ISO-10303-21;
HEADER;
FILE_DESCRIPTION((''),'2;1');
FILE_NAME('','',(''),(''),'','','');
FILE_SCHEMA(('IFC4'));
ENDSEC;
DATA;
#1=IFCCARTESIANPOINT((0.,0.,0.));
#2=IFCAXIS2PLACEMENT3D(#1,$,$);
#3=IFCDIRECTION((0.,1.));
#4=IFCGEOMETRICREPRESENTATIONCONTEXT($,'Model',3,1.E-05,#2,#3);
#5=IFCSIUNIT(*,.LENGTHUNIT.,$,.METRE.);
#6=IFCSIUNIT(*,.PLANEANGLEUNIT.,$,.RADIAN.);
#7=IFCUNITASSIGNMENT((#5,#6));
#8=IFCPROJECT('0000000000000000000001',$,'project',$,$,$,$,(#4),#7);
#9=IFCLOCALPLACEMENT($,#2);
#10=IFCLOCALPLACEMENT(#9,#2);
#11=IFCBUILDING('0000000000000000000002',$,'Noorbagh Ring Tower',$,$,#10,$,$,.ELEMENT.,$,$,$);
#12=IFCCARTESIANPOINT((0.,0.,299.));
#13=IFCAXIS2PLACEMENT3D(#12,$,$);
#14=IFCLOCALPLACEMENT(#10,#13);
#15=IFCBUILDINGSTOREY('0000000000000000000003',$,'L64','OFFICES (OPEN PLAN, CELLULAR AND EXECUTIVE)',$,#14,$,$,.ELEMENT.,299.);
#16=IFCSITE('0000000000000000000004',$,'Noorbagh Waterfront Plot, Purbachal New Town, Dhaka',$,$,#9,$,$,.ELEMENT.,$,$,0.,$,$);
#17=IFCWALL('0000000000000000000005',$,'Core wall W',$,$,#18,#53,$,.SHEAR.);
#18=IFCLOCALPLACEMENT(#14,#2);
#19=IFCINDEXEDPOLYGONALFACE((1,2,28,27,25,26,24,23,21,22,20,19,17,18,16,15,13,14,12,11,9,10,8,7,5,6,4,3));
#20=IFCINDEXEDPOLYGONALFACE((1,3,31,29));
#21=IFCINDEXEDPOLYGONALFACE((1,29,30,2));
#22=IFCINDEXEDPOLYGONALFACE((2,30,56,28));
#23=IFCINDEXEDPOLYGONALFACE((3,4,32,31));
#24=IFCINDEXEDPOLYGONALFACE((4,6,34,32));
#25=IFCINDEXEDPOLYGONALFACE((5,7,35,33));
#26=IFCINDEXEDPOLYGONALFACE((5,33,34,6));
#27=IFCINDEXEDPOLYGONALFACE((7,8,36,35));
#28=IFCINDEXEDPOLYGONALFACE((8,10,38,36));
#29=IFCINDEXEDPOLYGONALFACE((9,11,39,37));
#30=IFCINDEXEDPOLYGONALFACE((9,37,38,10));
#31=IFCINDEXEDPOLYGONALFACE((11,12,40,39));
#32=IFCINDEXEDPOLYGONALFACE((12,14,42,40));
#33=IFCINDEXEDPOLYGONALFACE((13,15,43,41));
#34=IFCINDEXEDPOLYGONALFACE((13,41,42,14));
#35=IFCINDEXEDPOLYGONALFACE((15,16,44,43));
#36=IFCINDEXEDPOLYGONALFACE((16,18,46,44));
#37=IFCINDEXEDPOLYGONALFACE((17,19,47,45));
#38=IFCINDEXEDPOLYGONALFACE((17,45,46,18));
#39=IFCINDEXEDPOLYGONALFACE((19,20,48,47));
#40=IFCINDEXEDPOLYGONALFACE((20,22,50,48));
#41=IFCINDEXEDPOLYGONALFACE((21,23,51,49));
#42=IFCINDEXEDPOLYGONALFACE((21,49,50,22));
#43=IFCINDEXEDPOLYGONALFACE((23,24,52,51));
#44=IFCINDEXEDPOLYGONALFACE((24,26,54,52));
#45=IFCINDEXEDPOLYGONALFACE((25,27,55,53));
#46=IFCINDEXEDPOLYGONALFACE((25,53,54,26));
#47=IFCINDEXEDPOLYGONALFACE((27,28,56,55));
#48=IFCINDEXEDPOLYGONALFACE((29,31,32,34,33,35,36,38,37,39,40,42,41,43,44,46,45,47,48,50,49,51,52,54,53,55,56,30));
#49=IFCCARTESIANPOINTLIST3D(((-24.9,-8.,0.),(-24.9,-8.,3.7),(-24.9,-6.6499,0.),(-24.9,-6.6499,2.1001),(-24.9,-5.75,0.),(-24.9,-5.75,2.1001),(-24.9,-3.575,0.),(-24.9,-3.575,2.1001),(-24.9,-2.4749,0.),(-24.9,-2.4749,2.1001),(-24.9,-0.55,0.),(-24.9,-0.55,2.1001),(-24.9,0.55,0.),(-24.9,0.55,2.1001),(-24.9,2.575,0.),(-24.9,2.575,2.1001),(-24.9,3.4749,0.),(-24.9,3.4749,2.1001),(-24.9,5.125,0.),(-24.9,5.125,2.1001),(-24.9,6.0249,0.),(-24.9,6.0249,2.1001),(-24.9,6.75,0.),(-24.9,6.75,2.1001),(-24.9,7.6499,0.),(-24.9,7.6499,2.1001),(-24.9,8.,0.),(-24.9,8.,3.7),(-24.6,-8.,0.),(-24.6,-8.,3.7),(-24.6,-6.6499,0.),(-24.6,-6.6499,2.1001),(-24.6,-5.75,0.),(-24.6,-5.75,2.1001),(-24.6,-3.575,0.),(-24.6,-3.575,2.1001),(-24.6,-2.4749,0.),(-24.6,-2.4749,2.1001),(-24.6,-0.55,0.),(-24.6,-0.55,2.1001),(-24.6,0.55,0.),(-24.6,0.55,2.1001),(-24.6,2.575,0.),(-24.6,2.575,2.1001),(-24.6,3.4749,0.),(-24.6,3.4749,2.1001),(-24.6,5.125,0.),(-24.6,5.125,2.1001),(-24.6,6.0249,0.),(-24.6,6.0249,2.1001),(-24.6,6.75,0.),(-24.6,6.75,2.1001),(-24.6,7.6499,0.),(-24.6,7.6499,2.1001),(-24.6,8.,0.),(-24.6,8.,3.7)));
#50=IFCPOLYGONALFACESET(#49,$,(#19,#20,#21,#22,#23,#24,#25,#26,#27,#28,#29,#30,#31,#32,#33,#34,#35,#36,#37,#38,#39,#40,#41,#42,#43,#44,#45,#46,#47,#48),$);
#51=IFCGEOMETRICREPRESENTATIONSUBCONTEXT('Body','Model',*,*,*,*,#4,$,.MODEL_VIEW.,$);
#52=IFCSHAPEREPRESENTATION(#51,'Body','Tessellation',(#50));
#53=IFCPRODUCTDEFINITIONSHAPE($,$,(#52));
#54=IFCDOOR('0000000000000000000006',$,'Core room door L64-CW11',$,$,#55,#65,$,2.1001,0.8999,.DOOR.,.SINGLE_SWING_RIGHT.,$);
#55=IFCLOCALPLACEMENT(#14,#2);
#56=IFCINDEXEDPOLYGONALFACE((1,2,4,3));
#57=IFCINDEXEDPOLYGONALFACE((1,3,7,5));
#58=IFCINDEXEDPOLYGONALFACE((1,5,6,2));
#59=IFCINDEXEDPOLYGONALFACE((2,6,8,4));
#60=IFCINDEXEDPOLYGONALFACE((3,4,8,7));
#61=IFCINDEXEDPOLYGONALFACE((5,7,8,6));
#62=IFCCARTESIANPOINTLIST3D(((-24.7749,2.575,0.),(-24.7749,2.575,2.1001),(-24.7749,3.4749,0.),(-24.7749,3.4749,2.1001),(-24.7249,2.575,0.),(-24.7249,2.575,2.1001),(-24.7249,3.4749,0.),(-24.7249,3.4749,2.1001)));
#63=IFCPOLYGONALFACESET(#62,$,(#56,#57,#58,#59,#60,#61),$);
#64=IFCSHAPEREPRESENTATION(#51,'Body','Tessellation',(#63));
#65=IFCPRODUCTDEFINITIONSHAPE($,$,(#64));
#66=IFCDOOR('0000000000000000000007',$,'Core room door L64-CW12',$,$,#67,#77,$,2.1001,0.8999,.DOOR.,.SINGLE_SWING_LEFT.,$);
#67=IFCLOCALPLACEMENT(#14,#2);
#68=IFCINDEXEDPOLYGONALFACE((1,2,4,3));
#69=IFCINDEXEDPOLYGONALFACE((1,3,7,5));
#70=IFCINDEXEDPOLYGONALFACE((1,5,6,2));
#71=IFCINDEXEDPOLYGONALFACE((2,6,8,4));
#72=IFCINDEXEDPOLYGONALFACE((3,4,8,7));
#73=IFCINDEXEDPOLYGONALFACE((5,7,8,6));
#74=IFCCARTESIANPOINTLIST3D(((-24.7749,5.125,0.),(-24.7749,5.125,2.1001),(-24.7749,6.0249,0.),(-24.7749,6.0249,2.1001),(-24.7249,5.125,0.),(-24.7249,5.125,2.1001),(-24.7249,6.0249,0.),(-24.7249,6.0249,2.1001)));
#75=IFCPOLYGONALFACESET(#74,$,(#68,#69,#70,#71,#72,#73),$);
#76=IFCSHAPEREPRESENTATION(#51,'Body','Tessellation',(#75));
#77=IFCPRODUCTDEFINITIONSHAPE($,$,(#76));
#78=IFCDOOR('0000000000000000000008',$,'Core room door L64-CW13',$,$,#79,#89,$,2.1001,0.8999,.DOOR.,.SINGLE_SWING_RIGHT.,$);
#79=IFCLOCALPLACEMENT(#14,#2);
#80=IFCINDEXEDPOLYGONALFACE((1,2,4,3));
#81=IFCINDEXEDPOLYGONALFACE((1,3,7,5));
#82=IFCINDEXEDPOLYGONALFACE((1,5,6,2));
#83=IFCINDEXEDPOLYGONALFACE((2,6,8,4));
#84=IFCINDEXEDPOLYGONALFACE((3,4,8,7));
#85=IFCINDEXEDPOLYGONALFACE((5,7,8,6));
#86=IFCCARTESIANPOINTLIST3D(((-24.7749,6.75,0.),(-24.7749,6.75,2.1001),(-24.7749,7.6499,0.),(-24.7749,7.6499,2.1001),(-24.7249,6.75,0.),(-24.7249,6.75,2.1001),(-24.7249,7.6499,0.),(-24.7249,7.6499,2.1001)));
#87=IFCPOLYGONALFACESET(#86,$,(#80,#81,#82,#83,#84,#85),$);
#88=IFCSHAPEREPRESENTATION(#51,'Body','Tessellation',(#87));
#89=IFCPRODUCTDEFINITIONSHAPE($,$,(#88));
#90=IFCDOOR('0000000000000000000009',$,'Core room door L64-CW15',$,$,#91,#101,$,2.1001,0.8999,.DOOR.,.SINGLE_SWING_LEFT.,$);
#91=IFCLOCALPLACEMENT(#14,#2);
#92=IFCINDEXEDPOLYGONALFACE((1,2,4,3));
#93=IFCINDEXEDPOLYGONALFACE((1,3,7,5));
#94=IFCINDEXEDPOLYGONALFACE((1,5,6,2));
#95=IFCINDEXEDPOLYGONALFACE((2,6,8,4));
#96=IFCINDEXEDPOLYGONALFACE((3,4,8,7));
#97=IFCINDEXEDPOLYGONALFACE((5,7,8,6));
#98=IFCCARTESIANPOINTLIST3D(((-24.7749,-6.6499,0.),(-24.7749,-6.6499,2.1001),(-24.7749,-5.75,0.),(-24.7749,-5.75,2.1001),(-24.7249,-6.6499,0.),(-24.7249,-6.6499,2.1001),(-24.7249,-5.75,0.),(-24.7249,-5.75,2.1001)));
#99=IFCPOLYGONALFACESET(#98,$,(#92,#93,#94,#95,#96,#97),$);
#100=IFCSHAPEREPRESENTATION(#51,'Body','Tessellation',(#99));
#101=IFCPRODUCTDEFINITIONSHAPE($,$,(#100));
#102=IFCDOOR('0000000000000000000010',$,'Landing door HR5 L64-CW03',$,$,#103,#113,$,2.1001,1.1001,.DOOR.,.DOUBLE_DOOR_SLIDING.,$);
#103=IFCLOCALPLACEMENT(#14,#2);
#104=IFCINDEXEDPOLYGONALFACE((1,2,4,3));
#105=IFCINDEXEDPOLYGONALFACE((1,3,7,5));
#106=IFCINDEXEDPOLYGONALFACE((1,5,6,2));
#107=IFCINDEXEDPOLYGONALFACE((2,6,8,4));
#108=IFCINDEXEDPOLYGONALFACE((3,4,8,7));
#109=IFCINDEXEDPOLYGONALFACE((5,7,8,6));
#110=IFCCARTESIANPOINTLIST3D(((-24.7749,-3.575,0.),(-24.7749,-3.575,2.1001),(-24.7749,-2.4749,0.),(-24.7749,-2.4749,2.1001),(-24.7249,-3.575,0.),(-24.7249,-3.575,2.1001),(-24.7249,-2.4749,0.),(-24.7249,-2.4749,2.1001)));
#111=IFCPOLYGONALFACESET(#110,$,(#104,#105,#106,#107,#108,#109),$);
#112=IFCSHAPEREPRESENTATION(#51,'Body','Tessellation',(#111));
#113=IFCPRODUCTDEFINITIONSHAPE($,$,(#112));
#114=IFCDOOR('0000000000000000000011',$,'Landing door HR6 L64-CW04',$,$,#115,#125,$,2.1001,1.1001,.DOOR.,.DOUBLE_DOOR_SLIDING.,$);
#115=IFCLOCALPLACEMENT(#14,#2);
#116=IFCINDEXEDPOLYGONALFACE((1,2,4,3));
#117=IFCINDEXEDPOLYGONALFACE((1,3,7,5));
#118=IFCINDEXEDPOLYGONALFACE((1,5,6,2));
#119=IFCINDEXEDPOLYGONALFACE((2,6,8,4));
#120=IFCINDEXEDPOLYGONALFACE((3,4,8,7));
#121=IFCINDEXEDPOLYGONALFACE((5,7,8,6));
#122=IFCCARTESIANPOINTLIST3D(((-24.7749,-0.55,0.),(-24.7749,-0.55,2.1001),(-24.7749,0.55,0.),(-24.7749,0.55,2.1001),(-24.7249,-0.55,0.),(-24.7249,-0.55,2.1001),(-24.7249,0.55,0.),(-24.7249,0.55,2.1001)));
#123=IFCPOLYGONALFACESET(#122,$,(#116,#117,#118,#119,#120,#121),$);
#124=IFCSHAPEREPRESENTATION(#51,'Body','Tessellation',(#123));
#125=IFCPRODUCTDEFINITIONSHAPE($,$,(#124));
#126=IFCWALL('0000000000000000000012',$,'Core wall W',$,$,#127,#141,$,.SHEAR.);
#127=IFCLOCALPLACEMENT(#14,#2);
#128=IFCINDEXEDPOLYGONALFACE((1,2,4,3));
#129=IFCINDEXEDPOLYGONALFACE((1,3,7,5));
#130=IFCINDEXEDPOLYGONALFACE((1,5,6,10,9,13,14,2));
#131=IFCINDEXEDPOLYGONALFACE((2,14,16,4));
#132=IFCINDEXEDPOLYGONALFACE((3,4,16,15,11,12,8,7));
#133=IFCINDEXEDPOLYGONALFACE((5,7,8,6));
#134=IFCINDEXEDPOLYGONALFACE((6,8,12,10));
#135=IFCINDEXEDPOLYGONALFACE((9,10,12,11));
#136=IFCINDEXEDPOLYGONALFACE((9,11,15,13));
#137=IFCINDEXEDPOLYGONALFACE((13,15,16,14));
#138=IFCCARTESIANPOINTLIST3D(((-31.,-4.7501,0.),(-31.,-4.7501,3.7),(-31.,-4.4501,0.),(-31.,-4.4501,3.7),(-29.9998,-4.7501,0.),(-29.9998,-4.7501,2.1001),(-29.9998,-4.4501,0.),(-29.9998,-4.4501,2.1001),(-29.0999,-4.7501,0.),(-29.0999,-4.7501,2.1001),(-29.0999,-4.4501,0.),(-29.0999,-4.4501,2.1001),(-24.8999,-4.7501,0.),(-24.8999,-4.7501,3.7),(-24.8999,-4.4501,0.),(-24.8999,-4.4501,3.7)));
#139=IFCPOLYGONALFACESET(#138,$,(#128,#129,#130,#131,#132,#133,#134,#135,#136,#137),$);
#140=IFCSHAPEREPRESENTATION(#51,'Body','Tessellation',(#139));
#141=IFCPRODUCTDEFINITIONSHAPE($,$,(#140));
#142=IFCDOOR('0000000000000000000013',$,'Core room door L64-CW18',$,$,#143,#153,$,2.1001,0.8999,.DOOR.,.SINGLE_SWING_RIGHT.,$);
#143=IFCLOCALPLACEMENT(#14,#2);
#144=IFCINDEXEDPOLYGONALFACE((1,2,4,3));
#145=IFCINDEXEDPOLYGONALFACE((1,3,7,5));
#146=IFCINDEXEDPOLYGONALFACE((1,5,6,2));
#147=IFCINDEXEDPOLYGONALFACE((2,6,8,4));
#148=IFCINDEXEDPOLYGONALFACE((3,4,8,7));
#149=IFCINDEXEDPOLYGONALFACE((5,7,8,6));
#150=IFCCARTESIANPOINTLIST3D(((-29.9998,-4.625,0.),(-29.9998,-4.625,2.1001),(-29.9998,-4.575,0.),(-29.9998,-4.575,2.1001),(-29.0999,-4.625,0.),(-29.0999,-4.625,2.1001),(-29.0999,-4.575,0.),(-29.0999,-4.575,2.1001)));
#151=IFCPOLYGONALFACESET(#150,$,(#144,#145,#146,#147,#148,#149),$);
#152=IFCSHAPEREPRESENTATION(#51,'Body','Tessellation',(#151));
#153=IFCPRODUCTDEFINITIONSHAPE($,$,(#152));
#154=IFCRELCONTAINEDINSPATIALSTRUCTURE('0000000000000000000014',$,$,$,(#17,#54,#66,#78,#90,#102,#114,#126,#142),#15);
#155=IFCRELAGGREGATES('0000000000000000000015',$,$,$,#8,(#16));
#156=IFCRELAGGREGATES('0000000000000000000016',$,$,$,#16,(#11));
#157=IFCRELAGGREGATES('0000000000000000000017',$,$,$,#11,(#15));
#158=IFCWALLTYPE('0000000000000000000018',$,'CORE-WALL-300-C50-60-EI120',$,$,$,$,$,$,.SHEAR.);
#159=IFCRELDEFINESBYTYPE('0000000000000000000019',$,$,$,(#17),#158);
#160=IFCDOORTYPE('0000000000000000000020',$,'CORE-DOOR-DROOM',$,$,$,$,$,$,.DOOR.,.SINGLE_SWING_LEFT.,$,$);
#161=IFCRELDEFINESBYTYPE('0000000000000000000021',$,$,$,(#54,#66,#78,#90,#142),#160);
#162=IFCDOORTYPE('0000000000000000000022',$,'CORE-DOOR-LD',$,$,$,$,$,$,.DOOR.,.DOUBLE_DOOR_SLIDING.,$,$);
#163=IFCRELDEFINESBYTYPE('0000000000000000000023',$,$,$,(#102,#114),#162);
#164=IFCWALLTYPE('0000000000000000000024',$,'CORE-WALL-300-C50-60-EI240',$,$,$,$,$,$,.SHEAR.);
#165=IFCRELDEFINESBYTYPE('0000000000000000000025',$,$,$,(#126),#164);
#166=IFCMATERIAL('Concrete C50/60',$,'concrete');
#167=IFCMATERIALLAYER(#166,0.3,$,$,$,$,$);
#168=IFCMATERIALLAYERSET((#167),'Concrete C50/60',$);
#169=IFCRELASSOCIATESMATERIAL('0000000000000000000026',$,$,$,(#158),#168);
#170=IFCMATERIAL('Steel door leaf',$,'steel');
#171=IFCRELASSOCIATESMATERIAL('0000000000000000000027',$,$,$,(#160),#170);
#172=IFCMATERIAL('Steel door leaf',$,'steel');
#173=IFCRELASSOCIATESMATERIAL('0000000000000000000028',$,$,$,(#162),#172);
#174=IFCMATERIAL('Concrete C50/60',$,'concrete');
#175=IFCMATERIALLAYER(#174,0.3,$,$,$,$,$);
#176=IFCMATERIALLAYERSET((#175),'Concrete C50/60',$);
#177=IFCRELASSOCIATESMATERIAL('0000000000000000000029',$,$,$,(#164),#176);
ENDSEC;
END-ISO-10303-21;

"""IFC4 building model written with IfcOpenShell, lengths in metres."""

from ifc_helpers import new_model, si_unit, direction, frame, frame_2d, origin, place, context, subcontext, project, spatial, rectangle, extrude, material, layer, layer_set, type_object, element, fill, save


model = new_model("IFC4")

# Units and contexts
model_context = context("Model", 3, precision=1e-05, world=origin(), true_north=direction((0.0, 1.0)))
body_context = subcontext(model_context, "Body", "Model", "MODEL_VIEW")
ifc_project = project(units=[si_unit("LENGTHUNIT", "METRE"), si_unit("PLANEANGLEUNIT", "RADIAN")], contexts=[model_context])

# Site, building, storey
site_placement = place(None, origin())
site = spatial("IfcSite", under=ifc_project, at=site_placement, Name="Noorbagh Waterfront Plot, Purbachal New Town, Dhaka", CompositionType="ELEMENT", RefElevation=0.0)
building_placement = place(site_placement, origin())
building = spatial("IfcBuilding", under=site, at=building_placement, Name="Noorbagh Ring Tower", CompositionType="ELEMENT")
storey_placement = place(building_placement, frame((0.0, 0.0, 299.0)))
storey = spatial("IfcBuildingStorey", under=building, at=storey_placement, Name="L64", Description="OFFICES (OPEN PLAN, CELLULAR AND EXECUTIVE)", CompositionType="ELEMENT", Elevation=299.0)

# Shared definitions
ifc_material_1 = material(Name="Concrete C50/60", Category="concrete")
ifc_layer_1 = layer(ifc_material_1, 0.3)
ifc_layer_set_1 = layer_set([ifc_layer_1], Name="Concrete C50/60")
wall_type_1 = type_object("IfcWallType", Name="CORE-WALL-300-C50-60-EI120", PredefinedType="SHEAR", material=ifc_layer_set_1)

# Wall, openings, doors
wall_1_placement = place(storey_placement, frame((-24.75, -8.0, 0.0), z_axis=(0.0, 0.0, 1.0), x_axis=(0.0, 1.0, 0.0)))
wall_1 = element("IfcWall", 1, at=wall_1_placement, inside=storey, type_object=wall_type_1, Name="Core wall W", PredefinedType="SHEAR", context=body_context, shape_type="SweptSolid", body=[
    extrude(rectangle(XDim=16.0, YDim=0.3, at=frame_2d((8.0, 0.0))), origin(), (0.0, 0.0, 1.0), 3.7),
])
opening_1_placement = place(wall_1_placement, frame((4.425, 0.0, 0.0)))
opening_1 = element("IfcOpeningElement", 2, at=opening_1_placement, cuts=wall_1, PredefinedType="OPENING", context=body_context, shape_type="SweptSolid", body=[
    extrude(rectangle(XDim=1.1001, YDim=2.1001, at=frame_2d((0.55, 1.05))), frame((0.0, 0.1602, 0.0), z_axis=(0.0, -1.0, 0.0), x_axis=(1.0, 0.0, 0.0)), (0.0, 0.0, 1.0), 0.3201),
])
opening_2_placement = place(wall_1_placement, frame((7.45, 0.0, 0.0)))
opening_2 = element("IfcOpeningElement", 3, at=opening_2_placement, cuts=wall_1, PredefinedType="OPENING", context=body_context, shape_type="SweptSolid", body=[
    extrude(rectangle(XDim=1.1001, YDim=2.1001, at=frame_2d((0.55, 1.05))), frame((0.0, 0.1602, 0.0), z_axis=(0.0, -1.0, 0.0), x_axis=(1.0, 0.0, 0.0)), (0.0, 0.0, 1.0), 0.3201),
])
opening_3_placement = place(wall_1_placement, frame((10.575, 0.0, 0.0)))
opening_3 = element("IfcOpeningElement", 4, at=opening_3_placement, cuts=wall_1, PredefinedType="OPENING", context=body_context, shape_type="SweptSolid", body=[
    extrude(rectangle(XDim=0.8999, YDim=2.1001, at=frame_2d((0.45, 1.05))), frame((0.0, 0.1602, 0.0), z_axis=(0.0, -1.0, 0.0), x_axis=(1.0, 0.0, 0.0)), (0.0, 0.0, 1.0), 0.3201),
])
opening_4_placement = place(wall_1_placement, frame((13.125, 0.0, 0.0)))
opening_4 = element("IfcOpeningElement", 5, at=opening_4_placement, cuts=wall_1, PredefinedType="OPENING", context=body_context, shape_type="SweptSolid", body=[
    extrude(rectangle(XDim=0.8999, YDim=2.1001, at=frame_2d((0.45, 1.05))), frame((0.0, 0.1602, 0.0), z_axis=(0.0, -1.0, 0.0), x_axis=(1.0, 0.0, 0.0)), (0.0, 0.0, 1.0), 0.3201),
])
opening_5_placement = place(wall_1_placement, frame((14.75, 0.0, 0.0)))
opening_5 = element("IfcOpeningElement", 6, at=opening_5_placement, cuts=wall_1, PredefinedType="OPENING", context=body_context, shape_type="SweptSolid", body=[
    extrude(rectangle(XDim=0.8999, YDim=2.1001, at=frame_2d((0.45, 1.05))), frame((0.0, 0.1602, 0.0), z_axis=(0.0, -1.0, 0.0), x_axis=(1.0, 0.0, 0.0)), (0.0, 0.0, 1.0), 0.3201),
])
opening_6_placement = place(wall_1_placement, frame((1.3501, 0.0, 0.0)))
opening_6 = element("IfcOpeningElement", 7, at=opening_6_placement, cuts=wall_1, PredefinedType="OPENING", context=body_context, shape_type="SweptSolid", body=[
    extrude(rectangle(XDim=0.8999, YDim=2.1001, at=frame_2d((0.45, 1.05))), frame((0.0, 0.1602, 0.0), z_axis=(0.0, -1.0, 0.0), x_axis=(1.0, 0.0, 0.0)), (0.0, 0.0, 1.0), 0.3201),
])
ifc_material_2 = material(Name="Steel door leaf", Category="steel")
door_type_1 = type_object("IfcDoorType", Name="CORE-DOOR-DROOM", OperationType="SINGLE_SWING_LEFT", PredefinedType="DOOR", material=ifc_material_2)
door_1_placement = place(opening_3_placement, origin())
door_1 = element("IfcDoor", 8, at=door_1_placement, inside=storey, type_object=door_type_1, Name="Core room door L64-CW11", OperationType="SINGLE_SWING_RIGHT", OverallHeight=2.1001, OverallWidth=0.8999, PredefinedType="DOOR", context=body_context, shape_type="SweptSolid", body=[
    extrude(rectangle(XDim=0.8999, YDim=2.1001, at=frame_2d((0.45, 1.05))), frame((0.0, 0.0249, 0.0), z_axis=(0.0, -1.0, 0.0), x_axis=(1.0, 0.0, 0.0)), (0.0, 0.0, 1.0), 0.05),
])
fill(opening_3, door_1)
door_2_placement = place(opening_4_placement, origin())
door_2 = element("IfcDoor", 9, at=door_2_placement, inside=storey, type_object=door_type_1, Name="Core room door L64-CW12", OperationType="SINGLE_SWING_LEFT", OverallHeight=2.1001, OverallWidth=0.8999, PredefinedType="DOOR", context=body_context, shape_type="SweptSolid", body=[
    extrude(rectangle(XDim=0.8999, YDim=2.1001, at=frame_2d((0.45, 1.05))), frame((0.0, 0.0249, 0.0), z_axis=(0.0, -1.0, 0.0), x_axis=(1.0, 0.0, 0.0)), (0.0, 0.0, 1.0), 0.05),
])
fill(opening_4, door_2)
door_3_placement = place(opening_5_placement, origin())
door_3 = element("IfcDoor", 10, at=door_3_placement, inside=storey, type_object=door_type_1, Name="Core room door L64-CW13", OperationType="SINGLE_SWING_RIGHT", OverallHeight=2.1001, OverallWidth=0.8999, PredefinedType="DOOR", context=body_context, shape_type="SweptSolid", body=[
    extrude(rectangle(XDim=0.8999, YDim=2.1001, at=frame_2d((0.45, 1.05))), frame((0.0, 0.0249, 0.0), z_axis=(0.0, -1.0, 0.0), x_axis=(1.0, 0.0, 0.0)), (0.0, 0.0, 1.0), 0.05),
])
fill(opening_5, door_3)
door_4_placement = place(opening_6_placement, origin())
door_4 = element("IfcDoor", 11, at=door_4_placement, inside=storey, type_object=door_type_1, Name="Core room door L64-CW15", OperationType="SINGLE_SWING_LEFT", OverallHeight=2.1001, OverallWidth=0.8999, PredefinedType="DOOR", context=body_context, shape_type="SweptSolid", body=[
    extrude(rectangle(XDim=0.8999, YDim=2.1001, at=frame_2d((0.45, 1.05))), frame((0.0, 0.0249, 0.0), z_axis=(0.0, -1.0, 0.0), x_axis=(1.0, 0.0, 0.0)), (0.0, 0.0, 1.0), 0.05),
])
fill(opening_6, door_4)
ifc_material_3 = material(Name="Steel door leaf", Category="steel")
door_type_2 = type_object("IfcDoorType", Name="CORE-DOOR-LD", OperationType="DOUBLE_DOOR_SLIDING", PredefinedType="DOOR", material=ifc_material_3)
door_5_placement = place(opening_1_placement, origin())
door_5 = element("IfcDoor", 12, at=door_5_placement, inside=storey, type_object=door_type_2, Name="Landing door HR5 L64-CW03", OperationType="DOUBLE_DOOR_SLIDING", OverallHeight=2.1001, OverallWidth=1.1001, PredefinedType="DOOR", context=body_context, shape_type="SweptSolid", body=[
    extrude(rectangle(XDim=1.1001, YDim=2.1001, at=frame_2d((0.55, 1.05))), frame((0.0, 0.0249, 0.0), z_axis=(0.0, -1.0, 0.0), x_axis=(1.0, 0.0, 0.0)), (0.0, 0.0, 1.0), 0.05),
])
fill(opening_1, door_5)
door_6_placement = place(opening_2_placement, origin())
door_6 = element("IfcDoor", 13, at=door_6_placement, inside=storey, type_object=door_type_2, Name="Landing door HR6 L64-CW04", OperationType="DOUBLE_DOOR_SLIDING", OverallHeight=2.1001, OverallWidth=1.1001, PredefinedType="DOOR", context=body_context, shape_type="SweptSolid", body=[
    extrude(rectangle(XDim=1.1001, YDim=2.1001, at=frame_2d((0.55, 1.05))), frame((0.0, 0.0249, 0.0), z_axis=(0.0, -1.0, 0.0), x_axis=(1.0, 0.0, 0.0)), (0.0, 0.0, 1.0), 0.05),
])
fill(opening_2, door_6)

# Wall, opening, door
ifc_material_4 = material(Name="Concrete C50/60", Category="concrete")
ifc_layer_2 = layer(ifc_material_4, 0.3)
ifc_layer_set_2 = layer_set([ifc_layer_2], Name="Concrete C50/60")
wall_type_2 = type_object("IfcWallType", Name="CORE-WALL-300-C50-60-EI240", PredefinedType="SHEAR", material=ifc_layer_set_2)
wall_2_placement = place(storey_placement, frame((-24.8999, -4.6001, 0.0), z_axis=(0.0, 0.0, 1.0), x_axis=(-1.0, 0.0, 0.0)))
wall_2 = element("IfcWall", 14, at=wall_2_placement, inside=storey, type_object=wall_type_2, Name="Core wall W", PredefinedType="SHEAR", context=body_context, shape_type="SweptSolid", body=[
    extrude(rectangle(XDim=6.1001, YDim=0.3, at=frame_2d((3.05, 0.0))), origin(), (0.0, 0.0, 1.0), 3.7),
])
opening_7_placement = place(wall_2_placement, frame((4.2, 0.0, 0.0)))
opening_7 = element("IfcOpeningElement", 15, at=opening_7_placement, cuts=wall_2, PredefinedType="OPENING", context=body_context, shape_type="SweptSolid", body=[
    extrude(rectangle(XDim=0.8999, YDim=2.1001, at=frame_2d((0.45, 1.05))), frame((0.0, 0.1602, 0.0), z_axis=(0.0, -1.0, 0.0), x_axis=(1.0, 0.0, 0.0)), (0.0, 0.0, 1.0), 0.3201),
])
door_7_placement = place(opening_7_placement, origin())
door_7 = element("IfcDoor", 16, at=door_7_placement, inside=storey, type_object=door_type_1, Name="Core room door L64-CW18", OperationType="SINGLE_SWING_RIGHT", OverallHeight=2.1001, OverallWidth=0.8999, PredefinedType="DOOR", context=body_context, shape_type="SweptSolid", body=[
    extrude(rectangle(XDim=0.8999, YDim=2.1001, at=frame_2d((0.45, 1.05))), frame((0.0, 0.0249, 0.0), z_axis=(0.0, -1.0, 0.0), x_axis=(1.0, 0.0, 0.0)), (0.0, 0.0, 1.0), 0.05),
])
fill(opening_7, door_7)

save(model, "model.ifc")
